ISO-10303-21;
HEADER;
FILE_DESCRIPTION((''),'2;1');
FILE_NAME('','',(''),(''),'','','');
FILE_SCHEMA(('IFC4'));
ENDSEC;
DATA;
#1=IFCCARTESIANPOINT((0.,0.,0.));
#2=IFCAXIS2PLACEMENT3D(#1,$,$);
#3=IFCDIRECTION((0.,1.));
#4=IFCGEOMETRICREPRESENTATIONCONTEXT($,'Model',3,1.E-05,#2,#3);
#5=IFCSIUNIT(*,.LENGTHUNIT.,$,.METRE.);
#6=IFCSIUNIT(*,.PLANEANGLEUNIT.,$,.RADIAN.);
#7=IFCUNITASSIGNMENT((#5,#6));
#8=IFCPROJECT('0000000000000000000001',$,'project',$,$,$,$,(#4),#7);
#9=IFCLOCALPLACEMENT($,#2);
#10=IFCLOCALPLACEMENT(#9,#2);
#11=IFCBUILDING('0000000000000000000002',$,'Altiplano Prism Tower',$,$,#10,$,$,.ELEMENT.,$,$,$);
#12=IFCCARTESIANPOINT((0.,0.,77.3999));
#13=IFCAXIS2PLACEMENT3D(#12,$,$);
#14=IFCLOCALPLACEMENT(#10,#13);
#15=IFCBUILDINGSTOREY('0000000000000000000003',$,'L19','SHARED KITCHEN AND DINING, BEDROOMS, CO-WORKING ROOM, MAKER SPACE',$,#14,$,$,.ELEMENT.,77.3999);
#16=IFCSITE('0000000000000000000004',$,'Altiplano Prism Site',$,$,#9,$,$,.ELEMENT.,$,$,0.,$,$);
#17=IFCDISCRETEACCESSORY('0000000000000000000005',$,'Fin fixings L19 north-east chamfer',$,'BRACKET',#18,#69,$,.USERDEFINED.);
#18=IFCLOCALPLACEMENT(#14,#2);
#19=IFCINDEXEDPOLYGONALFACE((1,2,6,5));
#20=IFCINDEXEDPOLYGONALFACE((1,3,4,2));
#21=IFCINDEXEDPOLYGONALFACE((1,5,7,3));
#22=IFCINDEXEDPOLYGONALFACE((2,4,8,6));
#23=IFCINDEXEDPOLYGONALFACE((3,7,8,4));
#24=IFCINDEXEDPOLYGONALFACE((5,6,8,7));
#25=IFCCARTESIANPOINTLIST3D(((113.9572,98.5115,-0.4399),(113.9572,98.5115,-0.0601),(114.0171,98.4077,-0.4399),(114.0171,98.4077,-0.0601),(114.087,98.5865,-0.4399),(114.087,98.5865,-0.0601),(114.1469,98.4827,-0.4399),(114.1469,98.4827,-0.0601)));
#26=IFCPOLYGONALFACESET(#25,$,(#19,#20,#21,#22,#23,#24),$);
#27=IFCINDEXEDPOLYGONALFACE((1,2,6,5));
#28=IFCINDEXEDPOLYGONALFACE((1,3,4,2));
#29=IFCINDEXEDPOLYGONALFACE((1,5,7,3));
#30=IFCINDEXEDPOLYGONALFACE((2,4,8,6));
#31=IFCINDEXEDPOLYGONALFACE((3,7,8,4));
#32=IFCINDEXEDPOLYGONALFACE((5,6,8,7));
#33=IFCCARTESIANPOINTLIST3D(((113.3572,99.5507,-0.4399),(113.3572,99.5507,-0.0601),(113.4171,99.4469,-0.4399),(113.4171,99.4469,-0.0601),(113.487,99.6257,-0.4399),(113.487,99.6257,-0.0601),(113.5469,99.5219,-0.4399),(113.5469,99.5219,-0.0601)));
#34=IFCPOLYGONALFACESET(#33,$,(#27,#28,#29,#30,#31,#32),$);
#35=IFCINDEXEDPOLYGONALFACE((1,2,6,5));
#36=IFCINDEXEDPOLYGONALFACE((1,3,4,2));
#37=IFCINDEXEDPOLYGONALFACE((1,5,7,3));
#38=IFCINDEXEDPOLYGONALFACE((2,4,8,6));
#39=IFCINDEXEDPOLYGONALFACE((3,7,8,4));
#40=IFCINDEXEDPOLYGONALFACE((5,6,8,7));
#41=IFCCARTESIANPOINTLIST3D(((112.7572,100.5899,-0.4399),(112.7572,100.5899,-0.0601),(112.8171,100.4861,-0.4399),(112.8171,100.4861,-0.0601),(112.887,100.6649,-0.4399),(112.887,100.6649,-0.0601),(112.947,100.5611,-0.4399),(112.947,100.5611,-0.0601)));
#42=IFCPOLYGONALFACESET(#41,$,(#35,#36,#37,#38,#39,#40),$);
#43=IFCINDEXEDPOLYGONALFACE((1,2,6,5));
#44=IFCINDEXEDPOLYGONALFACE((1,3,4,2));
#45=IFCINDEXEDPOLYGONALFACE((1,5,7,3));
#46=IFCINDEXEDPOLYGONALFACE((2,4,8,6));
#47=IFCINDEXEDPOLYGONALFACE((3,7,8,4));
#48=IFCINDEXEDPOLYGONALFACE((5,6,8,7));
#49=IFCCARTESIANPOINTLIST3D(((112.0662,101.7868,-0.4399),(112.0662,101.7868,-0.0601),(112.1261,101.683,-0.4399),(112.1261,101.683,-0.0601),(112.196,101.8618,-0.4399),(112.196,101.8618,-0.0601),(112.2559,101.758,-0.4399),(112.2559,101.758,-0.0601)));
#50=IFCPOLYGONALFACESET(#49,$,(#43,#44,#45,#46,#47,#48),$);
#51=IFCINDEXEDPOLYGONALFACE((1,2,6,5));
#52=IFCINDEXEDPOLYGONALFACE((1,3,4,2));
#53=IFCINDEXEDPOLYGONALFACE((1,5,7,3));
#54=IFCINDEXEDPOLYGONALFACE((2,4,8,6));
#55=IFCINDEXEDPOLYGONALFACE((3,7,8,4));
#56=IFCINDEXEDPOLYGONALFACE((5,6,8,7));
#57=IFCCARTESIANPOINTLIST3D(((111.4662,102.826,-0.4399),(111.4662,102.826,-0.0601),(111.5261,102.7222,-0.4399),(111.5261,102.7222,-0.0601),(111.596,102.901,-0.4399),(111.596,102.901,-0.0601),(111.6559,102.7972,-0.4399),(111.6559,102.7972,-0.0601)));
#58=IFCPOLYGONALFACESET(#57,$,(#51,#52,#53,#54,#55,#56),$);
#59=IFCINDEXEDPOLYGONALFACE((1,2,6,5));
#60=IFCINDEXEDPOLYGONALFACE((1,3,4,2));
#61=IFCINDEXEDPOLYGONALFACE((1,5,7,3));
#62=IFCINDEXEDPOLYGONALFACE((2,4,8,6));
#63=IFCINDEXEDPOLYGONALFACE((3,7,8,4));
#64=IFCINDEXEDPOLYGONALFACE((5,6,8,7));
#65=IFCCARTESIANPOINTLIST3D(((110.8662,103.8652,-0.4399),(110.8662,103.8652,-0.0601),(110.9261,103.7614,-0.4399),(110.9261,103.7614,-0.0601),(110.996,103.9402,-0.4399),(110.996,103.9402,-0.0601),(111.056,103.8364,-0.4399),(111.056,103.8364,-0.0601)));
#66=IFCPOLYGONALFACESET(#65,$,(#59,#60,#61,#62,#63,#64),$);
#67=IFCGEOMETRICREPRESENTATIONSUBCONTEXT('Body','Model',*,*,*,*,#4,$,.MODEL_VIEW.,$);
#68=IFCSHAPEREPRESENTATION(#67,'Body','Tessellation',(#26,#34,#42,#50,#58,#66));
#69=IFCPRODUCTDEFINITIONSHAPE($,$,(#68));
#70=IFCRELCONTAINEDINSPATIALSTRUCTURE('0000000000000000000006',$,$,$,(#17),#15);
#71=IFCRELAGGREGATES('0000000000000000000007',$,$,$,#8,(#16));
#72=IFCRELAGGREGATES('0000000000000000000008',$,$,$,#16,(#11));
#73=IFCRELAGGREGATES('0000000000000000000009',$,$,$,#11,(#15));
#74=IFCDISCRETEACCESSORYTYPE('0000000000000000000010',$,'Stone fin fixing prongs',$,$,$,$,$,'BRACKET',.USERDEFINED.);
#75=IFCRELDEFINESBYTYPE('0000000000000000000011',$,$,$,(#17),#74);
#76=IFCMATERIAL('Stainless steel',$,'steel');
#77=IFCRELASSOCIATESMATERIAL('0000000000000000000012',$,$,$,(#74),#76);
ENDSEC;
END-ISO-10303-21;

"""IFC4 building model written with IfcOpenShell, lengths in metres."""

from ifc_helpers import new_model, si_unit, direction, frame, origin, place, context, subcontext, project, spatial, polyline, outline, extrude, source, transform, mapped, material, type_object, element, save


model = new_model("IFC4")

# Units and contexts
model_context = context("Model", 3, precision=1e-05, world=origin(), true_north=direction((0.0, 1.0)))
body_context = subcontext(model_context, "Body", "Model", "MODEL_VIEW")
ifc_project = project(units=[si_unit("LENGTHUNIT", "METRE"), si_unit("PLANEANGLEUNIT", "RADIAN")], contexts=[model_context])

# Site, building, storey
site_placement = place(None, origin())
site = spatial("IfcSite", under=ifc_project, at=site_placement, Name="Altiplano Prism Site", CompositionType="ELEMENT", RefElevation=0.0)
building_placement = place(site_placement, origin())
building = spatial("IfcBuilding", under=site, at=building_placement, Name="Altiplano Prism Tower", CompositionType="ELEMENT")
storey_placement = place(building_placement, frame((0.0, 0.0, 77.3999)))
storey = spatial("IfcBuildingStorey", under=building, at=storey_placement, Name="L19", Description="SHARED KITCHEN AND DINING, BEDROOMS, CO-WORKING ROOM, MAKER SPACE", CompositionType="ELEMENT", Elevation=77.3999)

# Discrete accessory
ifc_material_1 = material(Name="Stainless steel", Category="steel")
discrete_accessory_type = type_object("IfcDiscreteAccessoryType", Name="Stone fin fixing prongs", ElementType="BRACKET", PredefinedType="USERDEFINED", material=ifc_material_1)
shared_shape_1 = source(origin(), body_context, "Body", "SweptSolid", [
    extrude(outline(polyline([(-3.1509, 0.0601), (-3.031, 0.0601), (-3.031, 0.4399), (-3.1509, 0.4399), (-3.1509, 0.0601)])), frame((0.0, 0.0, 0.0), z_axis=(0.0, -1.0, 0.0), x_axis=(1.0, 0.0, 0.0)), (0.0, 0.0, 1.0), 0.1499),
    extrude(outline(polyline([(-1.9509, 0.0601), (-1.8311, 0.0601), (-1.8311, 0.4399), (-1.9509, 0.4399), (-1.9509, 0.0601)])), frame((0.0, 0.0, 0.0), z_axis=(0.0, -1.0, 0.0), x_axis=(1.0, 0.0, 0.0)), (0.0, 0.0, 1.0), 0.1499),
    extrude(outline(polyline([(-0.751, 0.0601), (-0.6311, 0.0601), (-0.6311, 0.4399), (-0.751, 0.4399), (-0.751, 0.0601)])), frame((0.0, 0.0, 0.0), z_axis=(0.0, -1.0, 0.0), x_axis=(1.0, 0.0, 0.0)), (0.0, 0.0, 1.0), 0.1499),
    extrude(outline(polyline([(0.6311, 0.0601), (0.751, 0.0601), (0.751, 0.4399), (0.6311, 0.4399), (0.6311, 0.0601)])), frame((0.0, 0.0, 0.0), z_axis=(0.0, -1.0, 0.0), x_axis=(1.0, 0.0, 0.0)), (0.0, 0.0, 1.0), 0.1499),
    extrude(outline(polyline([(1.8311, 0.0601), (1.9509, 0.0601), (1.9509, 0.4399), (1.8311, 0.4399), (1.8311, 0.0601)])), frame((0.0, 0.0, 0.0), z_axis=(0.0, -1.0, 0.0), x_axis=(1.0, 0.0, 0.0)), (0.0, 0.0, 1.0), 0.1499),
    extrude(outline(polyline([(3.031, 0.0601), (3.1509, 0.0601), (3.1509, 0.4399), (3.031, 0.4399), (3.031, 0.0601)])), frame((0.0, 0.0, 0.0), z_axis=(0.0, -1.0, 0.0), x_axis=(1.0, 0.0, 0.0)), (0.0, 0.0, 1.0), 0.1499),
])
discrete_accessory_1_placement = place(storey_placement, origin())
element("IfcDiscreteAccessory", 1, at=discrete_accessory_1_placement, inside=storey, type_object=discrete_accessory_type, Name="Fin fixings L19 north-east chamfer", ObjectType="BRACKET", PredefinedType="USERDEFINED", context=body_context, shape_type="MappedRepresentation", body=[
    mapped(shared_shape_1, transform((112.4417, 101.1365, -0.5), x_axis=(-0.5, 0.866025, 0.0), y_axis=(-0.866025, -0.5, 0.0), z_axis=(0.0, 0.0, 1.0))),
])

save(model, "model.ifc")
